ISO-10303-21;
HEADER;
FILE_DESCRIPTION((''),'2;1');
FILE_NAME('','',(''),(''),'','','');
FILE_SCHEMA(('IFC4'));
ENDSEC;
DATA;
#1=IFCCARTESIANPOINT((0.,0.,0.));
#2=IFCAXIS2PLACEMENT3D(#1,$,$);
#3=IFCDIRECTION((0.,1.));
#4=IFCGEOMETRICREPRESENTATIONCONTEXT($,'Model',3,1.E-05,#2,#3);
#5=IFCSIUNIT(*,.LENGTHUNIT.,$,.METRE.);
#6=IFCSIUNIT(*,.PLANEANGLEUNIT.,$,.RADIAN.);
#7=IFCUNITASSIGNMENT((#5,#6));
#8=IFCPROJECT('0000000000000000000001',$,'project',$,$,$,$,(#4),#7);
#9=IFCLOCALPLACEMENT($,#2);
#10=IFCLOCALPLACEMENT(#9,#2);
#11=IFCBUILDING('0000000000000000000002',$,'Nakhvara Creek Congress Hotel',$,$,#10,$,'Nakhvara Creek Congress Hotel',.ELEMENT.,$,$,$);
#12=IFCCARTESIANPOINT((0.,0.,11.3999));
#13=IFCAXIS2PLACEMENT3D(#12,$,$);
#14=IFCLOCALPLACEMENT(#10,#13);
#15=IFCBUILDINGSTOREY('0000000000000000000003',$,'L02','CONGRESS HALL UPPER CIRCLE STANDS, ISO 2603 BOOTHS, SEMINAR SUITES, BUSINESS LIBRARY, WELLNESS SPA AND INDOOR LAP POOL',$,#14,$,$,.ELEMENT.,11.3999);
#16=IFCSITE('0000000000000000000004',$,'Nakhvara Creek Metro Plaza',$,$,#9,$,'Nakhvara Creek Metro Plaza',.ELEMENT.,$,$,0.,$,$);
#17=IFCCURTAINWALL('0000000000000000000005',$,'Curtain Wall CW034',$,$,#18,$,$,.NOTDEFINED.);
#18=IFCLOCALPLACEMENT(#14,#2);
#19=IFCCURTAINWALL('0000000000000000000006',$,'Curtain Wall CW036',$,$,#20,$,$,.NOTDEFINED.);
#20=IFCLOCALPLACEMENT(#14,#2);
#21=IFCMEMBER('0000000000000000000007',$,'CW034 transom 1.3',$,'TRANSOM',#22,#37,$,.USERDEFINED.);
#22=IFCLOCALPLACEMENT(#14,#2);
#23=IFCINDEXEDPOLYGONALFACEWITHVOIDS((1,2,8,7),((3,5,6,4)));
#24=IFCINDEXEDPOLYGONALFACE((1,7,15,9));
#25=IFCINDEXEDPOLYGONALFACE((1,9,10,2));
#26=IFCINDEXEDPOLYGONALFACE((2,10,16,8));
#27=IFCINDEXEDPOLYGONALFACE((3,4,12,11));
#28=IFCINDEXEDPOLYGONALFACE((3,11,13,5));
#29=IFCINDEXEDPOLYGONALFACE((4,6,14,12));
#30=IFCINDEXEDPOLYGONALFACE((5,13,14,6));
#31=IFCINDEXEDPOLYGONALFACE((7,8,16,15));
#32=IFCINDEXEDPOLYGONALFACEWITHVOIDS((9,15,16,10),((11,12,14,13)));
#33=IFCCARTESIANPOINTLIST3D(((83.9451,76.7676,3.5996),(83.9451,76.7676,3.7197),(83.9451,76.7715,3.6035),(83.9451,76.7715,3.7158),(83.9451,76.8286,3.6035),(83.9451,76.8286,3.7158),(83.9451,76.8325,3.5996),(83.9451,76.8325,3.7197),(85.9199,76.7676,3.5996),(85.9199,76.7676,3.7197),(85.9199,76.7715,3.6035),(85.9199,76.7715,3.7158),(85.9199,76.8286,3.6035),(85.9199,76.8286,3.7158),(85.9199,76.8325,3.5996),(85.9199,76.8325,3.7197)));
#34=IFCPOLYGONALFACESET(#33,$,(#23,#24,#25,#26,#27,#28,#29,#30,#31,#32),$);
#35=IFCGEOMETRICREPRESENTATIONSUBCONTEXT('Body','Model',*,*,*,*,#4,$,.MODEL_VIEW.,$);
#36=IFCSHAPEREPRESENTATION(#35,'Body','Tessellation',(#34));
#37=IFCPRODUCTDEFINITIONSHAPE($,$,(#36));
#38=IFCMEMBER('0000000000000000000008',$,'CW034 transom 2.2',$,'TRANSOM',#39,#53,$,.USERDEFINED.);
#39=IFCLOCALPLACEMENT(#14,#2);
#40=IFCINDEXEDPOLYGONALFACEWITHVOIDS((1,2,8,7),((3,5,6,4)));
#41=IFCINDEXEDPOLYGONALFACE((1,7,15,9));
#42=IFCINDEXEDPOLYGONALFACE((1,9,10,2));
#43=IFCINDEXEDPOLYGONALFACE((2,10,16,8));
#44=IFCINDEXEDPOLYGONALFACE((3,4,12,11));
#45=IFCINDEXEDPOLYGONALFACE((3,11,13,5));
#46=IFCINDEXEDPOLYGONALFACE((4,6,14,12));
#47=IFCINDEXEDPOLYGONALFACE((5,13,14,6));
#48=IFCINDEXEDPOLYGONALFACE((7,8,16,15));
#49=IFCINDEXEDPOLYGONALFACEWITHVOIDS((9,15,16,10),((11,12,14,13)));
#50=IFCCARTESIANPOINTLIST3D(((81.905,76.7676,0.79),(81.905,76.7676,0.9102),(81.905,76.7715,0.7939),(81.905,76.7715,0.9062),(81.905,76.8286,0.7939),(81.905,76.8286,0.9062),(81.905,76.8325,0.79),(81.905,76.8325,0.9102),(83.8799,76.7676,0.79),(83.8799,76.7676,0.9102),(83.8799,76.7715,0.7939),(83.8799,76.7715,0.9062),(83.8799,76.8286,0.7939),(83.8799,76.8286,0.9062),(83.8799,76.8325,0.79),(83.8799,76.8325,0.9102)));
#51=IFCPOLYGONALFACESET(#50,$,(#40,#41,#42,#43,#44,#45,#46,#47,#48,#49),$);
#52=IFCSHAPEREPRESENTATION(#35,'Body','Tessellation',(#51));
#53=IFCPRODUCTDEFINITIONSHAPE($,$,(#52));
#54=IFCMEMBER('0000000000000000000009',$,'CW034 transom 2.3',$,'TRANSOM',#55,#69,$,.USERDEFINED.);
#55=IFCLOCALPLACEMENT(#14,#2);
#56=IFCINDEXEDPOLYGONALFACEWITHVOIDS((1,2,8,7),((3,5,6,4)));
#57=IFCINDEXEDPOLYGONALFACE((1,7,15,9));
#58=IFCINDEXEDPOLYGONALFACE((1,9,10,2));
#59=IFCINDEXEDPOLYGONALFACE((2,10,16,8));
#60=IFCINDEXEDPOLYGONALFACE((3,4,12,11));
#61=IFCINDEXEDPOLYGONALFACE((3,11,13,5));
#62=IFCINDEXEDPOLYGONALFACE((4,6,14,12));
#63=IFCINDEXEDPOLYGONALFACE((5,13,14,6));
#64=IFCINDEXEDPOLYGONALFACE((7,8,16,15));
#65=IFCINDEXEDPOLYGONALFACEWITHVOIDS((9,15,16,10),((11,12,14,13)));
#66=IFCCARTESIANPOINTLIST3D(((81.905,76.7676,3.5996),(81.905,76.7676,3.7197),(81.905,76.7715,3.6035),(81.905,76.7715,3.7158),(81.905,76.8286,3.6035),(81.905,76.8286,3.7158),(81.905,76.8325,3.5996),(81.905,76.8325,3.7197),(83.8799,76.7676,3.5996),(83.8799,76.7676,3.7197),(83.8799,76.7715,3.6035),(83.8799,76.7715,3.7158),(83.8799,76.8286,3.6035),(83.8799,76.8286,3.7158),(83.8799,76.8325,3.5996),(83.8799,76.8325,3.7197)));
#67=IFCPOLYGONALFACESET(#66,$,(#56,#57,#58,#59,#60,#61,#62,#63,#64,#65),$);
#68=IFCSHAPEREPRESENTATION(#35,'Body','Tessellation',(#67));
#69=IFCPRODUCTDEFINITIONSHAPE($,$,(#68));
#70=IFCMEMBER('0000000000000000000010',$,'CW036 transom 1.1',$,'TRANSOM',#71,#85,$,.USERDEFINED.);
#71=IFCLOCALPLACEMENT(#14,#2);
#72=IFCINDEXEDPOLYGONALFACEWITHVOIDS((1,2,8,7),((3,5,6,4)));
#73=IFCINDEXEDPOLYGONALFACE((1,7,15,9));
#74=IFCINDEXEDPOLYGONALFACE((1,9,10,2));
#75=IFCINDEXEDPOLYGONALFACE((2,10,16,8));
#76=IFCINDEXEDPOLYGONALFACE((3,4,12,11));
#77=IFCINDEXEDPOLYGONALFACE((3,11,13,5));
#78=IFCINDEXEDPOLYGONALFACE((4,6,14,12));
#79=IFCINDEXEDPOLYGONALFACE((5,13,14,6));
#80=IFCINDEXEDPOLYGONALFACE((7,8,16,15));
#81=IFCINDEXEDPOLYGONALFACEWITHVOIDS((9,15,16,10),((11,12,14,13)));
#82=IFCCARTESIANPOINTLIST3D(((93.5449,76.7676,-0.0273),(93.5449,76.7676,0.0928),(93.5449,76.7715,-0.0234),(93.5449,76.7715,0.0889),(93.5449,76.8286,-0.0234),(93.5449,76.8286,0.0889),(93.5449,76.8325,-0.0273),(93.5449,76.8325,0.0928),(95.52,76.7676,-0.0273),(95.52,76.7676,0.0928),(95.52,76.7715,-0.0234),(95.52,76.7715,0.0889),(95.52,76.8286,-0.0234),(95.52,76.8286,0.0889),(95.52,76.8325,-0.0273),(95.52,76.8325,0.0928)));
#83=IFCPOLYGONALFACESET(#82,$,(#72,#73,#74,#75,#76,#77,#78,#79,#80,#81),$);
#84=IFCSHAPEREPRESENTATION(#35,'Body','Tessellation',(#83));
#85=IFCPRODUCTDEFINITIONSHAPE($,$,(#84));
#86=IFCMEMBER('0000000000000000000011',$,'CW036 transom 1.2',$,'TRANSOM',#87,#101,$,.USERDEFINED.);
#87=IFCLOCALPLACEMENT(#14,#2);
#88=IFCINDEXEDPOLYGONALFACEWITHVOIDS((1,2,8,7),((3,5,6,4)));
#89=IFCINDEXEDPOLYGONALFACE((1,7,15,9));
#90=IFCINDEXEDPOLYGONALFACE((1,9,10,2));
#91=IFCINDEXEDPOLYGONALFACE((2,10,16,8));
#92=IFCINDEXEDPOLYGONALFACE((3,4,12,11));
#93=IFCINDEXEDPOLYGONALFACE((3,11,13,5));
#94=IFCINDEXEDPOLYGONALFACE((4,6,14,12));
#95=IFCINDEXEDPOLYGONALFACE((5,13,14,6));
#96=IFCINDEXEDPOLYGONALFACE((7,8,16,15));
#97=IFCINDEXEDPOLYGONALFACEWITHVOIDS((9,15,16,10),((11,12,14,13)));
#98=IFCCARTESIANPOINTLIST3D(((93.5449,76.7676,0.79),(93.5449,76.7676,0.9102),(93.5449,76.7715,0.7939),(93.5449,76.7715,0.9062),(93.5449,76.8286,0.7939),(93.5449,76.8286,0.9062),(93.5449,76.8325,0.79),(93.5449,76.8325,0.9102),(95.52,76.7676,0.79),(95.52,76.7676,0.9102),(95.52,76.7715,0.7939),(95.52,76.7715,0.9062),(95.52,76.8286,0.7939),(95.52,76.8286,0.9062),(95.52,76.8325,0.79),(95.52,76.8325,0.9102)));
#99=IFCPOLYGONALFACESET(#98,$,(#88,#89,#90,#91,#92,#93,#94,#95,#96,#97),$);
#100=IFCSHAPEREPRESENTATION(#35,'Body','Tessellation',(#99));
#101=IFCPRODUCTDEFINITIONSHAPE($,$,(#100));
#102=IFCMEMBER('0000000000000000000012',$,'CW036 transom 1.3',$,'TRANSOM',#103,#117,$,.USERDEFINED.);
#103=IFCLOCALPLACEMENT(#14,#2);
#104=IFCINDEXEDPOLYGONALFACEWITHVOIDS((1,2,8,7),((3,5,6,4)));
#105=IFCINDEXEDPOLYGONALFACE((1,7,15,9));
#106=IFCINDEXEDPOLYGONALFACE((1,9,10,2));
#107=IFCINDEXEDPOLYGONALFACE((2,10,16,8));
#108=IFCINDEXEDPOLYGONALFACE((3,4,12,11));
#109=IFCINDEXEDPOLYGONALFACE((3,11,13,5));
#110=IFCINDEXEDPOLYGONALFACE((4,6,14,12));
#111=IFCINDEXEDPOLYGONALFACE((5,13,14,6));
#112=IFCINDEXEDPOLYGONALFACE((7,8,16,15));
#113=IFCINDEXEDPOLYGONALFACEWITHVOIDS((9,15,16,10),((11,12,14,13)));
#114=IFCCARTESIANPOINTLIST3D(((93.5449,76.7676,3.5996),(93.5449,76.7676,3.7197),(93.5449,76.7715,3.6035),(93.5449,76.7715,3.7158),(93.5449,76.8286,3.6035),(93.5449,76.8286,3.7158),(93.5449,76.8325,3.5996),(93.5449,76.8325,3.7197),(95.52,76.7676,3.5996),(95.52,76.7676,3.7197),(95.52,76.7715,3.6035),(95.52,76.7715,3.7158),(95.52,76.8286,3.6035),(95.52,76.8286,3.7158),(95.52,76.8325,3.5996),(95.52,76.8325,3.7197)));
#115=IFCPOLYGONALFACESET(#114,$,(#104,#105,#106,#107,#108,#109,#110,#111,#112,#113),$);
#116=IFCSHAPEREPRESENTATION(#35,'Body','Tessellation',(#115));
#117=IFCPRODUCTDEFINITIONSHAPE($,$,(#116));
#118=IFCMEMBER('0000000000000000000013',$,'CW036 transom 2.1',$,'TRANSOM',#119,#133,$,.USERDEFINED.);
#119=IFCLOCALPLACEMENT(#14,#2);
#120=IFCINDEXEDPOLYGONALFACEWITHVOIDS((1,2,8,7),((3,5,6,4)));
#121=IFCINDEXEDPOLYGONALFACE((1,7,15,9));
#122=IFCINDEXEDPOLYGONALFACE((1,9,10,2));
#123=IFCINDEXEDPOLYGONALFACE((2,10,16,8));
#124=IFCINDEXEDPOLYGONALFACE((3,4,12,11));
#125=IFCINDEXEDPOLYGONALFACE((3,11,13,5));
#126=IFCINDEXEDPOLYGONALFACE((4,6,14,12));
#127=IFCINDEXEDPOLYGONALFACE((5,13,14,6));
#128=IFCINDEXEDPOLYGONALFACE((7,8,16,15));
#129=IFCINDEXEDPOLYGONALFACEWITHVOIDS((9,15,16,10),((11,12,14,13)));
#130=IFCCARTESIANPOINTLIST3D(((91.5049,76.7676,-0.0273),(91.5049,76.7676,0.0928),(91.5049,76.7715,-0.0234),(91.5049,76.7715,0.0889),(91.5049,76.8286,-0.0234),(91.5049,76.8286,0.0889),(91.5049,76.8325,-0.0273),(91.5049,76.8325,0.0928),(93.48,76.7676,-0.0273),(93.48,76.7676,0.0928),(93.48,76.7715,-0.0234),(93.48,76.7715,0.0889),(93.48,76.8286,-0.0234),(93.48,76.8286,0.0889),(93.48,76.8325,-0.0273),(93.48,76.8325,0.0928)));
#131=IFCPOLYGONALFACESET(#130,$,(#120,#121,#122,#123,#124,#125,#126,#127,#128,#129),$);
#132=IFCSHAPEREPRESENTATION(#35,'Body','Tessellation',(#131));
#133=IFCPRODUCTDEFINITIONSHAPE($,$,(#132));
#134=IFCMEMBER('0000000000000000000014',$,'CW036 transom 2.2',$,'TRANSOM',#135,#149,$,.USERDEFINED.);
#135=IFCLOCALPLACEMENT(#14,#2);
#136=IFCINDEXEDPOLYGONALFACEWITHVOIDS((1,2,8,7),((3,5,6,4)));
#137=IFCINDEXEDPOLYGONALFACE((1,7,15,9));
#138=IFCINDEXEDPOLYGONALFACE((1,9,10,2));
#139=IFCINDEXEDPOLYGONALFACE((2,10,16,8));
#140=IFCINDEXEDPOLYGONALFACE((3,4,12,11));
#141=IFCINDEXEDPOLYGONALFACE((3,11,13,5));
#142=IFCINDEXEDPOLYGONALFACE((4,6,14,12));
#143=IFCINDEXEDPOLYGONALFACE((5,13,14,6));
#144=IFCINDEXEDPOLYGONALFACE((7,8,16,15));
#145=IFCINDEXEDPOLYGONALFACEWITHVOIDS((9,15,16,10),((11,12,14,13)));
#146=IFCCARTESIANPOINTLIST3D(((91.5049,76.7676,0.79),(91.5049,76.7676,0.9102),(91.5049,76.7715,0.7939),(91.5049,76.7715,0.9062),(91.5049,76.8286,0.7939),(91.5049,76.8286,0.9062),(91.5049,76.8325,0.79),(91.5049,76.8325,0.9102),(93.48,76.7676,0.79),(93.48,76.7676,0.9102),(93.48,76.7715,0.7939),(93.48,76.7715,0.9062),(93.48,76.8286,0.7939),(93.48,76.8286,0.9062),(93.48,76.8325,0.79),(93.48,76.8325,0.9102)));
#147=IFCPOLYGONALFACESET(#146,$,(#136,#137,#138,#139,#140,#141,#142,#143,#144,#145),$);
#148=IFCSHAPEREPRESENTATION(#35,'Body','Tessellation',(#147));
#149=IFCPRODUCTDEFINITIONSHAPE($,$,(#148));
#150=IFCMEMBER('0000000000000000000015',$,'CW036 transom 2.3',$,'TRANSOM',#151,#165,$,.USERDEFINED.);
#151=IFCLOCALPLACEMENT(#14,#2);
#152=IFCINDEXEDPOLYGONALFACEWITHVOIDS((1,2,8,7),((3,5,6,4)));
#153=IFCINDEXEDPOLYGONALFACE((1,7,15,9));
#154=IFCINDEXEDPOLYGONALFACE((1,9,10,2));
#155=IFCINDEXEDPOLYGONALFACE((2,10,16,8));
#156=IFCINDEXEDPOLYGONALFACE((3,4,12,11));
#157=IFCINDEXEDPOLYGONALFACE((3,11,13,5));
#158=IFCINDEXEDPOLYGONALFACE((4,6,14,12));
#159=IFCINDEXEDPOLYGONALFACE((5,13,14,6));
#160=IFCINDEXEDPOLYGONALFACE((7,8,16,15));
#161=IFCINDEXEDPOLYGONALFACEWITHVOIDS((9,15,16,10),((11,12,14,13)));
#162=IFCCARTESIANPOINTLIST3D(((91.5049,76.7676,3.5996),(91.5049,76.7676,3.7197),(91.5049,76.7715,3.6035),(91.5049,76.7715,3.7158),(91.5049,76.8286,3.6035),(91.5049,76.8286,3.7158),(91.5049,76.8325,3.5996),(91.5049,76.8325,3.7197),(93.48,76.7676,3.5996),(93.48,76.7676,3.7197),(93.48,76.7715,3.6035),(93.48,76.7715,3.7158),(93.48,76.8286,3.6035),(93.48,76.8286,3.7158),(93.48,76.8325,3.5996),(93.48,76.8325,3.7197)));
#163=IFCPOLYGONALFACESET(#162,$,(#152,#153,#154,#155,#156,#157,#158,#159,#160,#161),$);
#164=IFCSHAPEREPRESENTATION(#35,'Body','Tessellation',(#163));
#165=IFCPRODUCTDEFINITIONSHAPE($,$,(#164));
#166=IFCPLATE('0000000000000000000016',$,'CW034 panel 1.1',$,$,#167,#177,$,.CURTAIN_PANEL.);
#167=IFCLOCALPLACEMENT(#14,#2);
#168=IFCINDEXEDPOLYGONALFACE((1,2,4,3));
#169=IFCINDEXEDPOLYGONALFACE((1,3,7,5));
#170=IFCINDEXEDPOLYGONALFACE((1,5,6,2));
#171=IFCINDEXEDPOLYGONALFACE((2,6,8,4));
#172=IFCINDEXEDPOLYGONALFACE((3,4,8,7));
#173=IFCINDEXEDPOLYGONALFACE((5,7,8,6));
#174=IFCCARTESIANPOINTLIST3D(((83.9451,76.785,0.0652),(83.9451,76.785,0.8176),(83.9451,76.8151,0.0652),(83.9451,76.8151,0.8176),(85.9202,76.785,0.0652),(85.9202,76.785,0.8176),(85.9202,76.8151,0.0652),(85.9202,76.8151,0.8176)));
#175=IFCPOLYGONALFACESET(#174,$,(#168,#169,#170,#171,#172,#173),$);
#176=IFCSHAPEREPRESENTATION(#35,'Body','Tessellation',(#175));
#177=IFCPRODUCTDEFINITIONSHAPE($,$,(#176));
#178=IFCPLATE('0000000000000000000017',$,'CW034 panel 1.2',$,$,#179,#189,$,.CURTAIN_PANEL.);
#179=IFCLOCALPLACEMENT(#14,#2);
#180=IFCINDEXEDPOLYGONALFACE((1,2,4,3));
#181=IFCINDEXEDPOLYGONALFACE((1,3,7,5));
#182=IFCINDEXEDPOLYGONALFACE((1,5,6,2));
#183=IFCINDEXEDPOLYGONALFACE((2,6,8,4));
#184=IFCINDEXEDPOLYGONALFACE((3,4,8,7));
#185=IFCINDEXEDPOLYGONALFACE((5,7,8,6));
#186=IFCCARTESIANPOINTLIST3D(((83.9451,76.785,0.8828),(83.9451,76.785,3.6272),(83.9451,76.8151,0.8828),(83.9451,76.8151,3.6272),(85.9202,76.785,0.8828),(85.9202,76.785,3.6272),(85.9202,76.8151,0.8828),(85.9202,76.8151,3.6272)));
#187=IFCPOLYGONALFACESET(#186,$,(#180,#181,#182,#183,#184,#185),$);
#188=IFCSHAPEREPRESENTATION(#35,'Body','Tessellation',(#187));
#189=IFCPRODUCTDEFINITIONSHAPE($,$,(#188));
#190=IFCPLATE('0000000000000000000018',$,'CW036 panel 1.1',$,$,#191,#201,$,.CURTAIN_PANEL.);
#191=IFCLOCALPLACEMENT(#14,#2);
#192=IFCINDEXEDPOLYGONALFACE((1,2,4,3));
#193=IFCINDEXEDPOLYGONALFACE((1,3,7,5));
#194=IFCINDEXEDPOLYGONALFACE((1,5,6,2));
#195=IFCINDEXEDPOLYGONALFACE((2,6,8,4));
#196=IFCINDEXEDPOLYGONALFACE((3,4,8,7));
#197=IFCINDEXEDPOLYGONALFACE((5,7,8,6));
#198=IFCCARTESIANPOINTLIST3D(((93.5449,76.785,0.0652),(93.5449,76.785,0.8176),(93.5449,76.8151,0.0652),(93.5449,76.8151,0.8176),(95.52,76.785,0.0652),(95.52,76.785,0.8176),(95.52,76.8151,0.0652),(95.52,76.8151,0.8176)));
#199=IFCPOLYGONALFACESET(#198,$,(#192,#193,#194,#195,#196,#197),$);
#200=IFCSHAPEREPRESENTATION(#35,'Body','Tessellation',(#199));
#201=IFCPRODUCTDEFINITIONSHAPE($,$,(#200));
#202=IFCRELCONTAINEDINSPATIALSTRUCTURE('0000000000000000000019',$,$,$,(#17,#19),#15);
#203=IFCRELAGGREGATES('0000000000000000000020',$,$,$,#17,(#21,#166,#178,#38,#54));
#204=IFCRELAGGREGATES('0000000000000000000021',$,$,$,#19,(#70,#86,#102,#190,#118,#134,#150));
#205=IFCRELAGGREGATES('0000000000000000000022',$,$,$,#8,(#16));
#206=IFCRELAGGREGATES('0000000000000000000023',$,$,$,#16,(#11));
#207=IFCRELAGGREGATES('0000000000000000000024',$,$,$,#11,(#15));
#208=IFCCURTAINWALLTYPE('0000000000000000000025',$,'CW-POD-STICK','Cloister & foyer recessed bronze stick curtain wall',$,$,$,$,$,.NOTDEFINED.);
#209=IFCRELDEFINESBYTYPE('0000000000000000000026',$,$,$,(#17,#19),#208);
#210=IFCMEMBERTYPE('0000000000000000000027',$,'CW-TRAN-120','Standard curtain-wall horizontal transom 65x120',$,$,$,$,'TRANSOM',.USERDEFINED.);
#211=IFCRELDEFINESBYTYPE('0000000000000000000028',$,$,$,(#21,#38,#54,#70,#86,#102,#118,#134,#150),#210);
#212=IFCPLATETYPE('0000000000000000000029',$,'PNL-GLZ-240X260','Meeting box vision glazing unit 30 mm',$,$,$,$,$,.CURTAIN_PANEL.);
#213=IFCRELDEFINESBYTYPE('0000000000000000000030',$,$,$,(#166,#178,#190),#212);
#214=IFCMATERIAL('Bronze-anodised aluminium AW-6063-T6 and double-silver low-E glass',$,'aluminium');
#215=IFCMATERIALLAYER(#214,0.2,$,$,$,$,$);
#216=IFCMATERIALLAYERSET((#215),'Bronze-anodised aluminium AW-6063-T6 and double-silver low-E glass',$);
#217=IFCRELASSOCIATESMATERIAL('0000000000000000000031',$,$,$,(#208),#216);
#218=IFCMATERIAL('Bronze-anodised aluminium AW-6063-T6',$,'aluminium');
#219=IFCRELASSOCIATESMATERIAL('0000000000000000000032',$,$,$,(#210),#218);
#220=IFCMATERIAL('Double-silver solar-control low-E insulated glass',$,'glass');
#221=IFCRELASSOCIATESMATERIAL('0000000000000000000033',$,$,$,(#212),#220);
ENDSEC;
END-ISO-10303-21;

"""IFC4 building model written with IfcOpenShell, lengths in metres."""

from ifc_helpers import new_model, si_unit, direction, frame, origin, origin_2d, place, context, subcontext, project, spatial, rectangle, hollow_rectangle, extrude, material, layer, layer_set, material_profile, profile_set, type_object, element, aggregate, save


model = new_model("IFC4")

# Units and contexts
model_context = context("Model", 3, precision=1e-05, world=origin(), true_north=direction((0.0, 1.0)))
body_context = subcontext(model_context, "Body", "Model", "MODEL_VIEW")
ifc_project = project(units=[si_unit("LENGTHUNIT", "METRE"), si_unit("PLANEANGLEUNIT", "RADIAN")], contexts=[model_context])

# Site, building, storey
site_placement = place(None, origin())
site = spatial("IfcSite", under=ifc_project, at=site_placement, Name="Nakhvara Creek Metro Plaza", LongName="Nakhvara Creek Metro Plaza", CompositionType="ELEMENT", RefElevation=0.0)
building_placement = place(site_placement, origin())
building = spatial("IfcBuilding", under=site, at=building_placement, Name="Nakhvara Creek Congress Hotel", LongName="Nakhvara Creek Congress Hotel", CompositionType="ELEMENT")
storey_placement = place(building_placement, frame((0.0, 0.0, 11.3999)))
storey = spatial("IfcBuildingStorey", under=building, at=storey_placement, Name="L02", Description="CONGRESS HALL UPPER CIRCLE STANDS, ISO 2603 BOOTHS, SEMINAR SUITES, BUSINESS LIBRARY, WELLNESS SPA AND INDOOR LAP POOL", CompositionType="ELEMENT", Elevation=11.3999)

# Curtain walls
ifc_material_1 = material(Name="Bronze-anodised aluminium AW-6063-T6 and double-silver low-E glass", Category="aluminium")
ifc_layer = layer(ifc_material_1, 0.2)
ifc_layer_set = layer_set([ifc_layer], Name="Bronze-anodised aluminium AW-6063-T6 and double-silver low-E glass")
curtain_wall_type = type_object("IfcCurtainWallType", Name="CW-POD-STICK", Description="Cloister & foyer recessed bronze stick curtain wall", PredefinedType="NOTDEFINED", material=ifc_layer_set)
curtain_wall_1_placement = place(storey_placement, origin())
curtain_wall_1 = element("IfcCurtainWall", 1, at=curtain_wall_1_placement, inside=storey, type_object=curtain_wall_type, Name="Curtain Wall CW034", PredefinedType="NOTDEFINED")
ifc_material_2 = material(Name="Bronze-anodised aluminium AW-6063-T6", Category="aluminium")
curtain_wall_2_placement = place(storey_placement, origin())
curtain_wall_2 = element("IfcCurtainWall", 2, at=curtain_wall_2_placement, inside=storey, type_object=curtain_wall_type, Name="Curtain Wall CW036", PredefinedType="NOTDEFINED")

# Members
ifc_material_profile_1 = material_profile(ifc_material_2, hollow_rectangle(XDim=0.0649, YDim=0.1201, WallThickness=0.0039, at=origin_2d()), Name="ALU-TRAN 65x120x4", Category="LoadBearing")
ifc_profile_set_1 = profile_set([ifc_material_profile_1], Name="Bronze-anodised aluminium AW-6063-T6")
member_type_1 = type_object("IfcMemberType", Name="CW-TRAN-120", Description="Standard curtain-wall horizontal transom 65x120", ElementType="TRANSOM", PredefinedType="USERDEFINED", material=ifc_profile_set_1)
member_1_placement = place(storey_placement, frame((85.9199, 76.8, 3.6597), z_axis=(-1.0, 0.0, 0.0), x_axis=(0.0, -1.0, 0.0)))
member_1 = element("IfcMember", 3, at=member_1_placement, type_object=member_type_1, Name="CW034 transom 1.3", ObjectType="TRANSOM", PredefinedType="USERDEFINED", context=body_context, shape_type="SweptSolid", body=[
    extrude(hollow_rectangle(XDim=0.0649, YDim=0.1201, WallThickness=0.0039, at=origin_2d()), origin(), (0.0, 0.0, 1.0), 1.9749),
])
member_2_placement = place(storey_placement, frame((83.8799, 76.8, 0.8501), z_axis=(-1.0, 0.0, 0.0), x_axis=(0.0, -1.0, 0.0)))
member_2 = element("IfcMember", 4, at=member_2_placement, type_object=member_type_1, Name="CW034 transom 2.2", ObjectType="TRANSOM", PredefinedType="USERDEFINED", context=body_context, shape_type="SweptSolid", body=[
    extrude(hollow_rectangle(XDim=0.0649, YDim=0.1201, WallThickness=0.0039, at=origin_2d()), origin(), (0.0, 0.0, 1.0), 1.9749),
])
member_3_placement = place(storey_placement, frame((83.8799, 76.8, 3.6597), z_axis=(-1.0, 0.0, 0.0), x_axis=(0.0, -1.0, 0.0)))
member_3 = element("IfcMember", 5, at=member_3_placement, type_object=member_type_1, Name="CW034 transom 2.3", ObjectType="TRANSOM", PredefinedType="USERDEFINED", context=body_context, shape_type="SweptSolid", body=[
    extrude(hollow_rectangle(XDim=0.0649, YDim=0.1201, WallThickness=0.0039, at=origin_2d()), origin(), (0.0, 0.0, 1.0), 1.9749),
])
member_4_placement = place(storey_placement, frame((95.52, 76.8, 0.0327), z_axis=(-1.0, 0.0, 0.0), x_axis=(0.0, -1.0, 0.0)))
member_4 = element("IfcMember", 6, at=member_4_placement, type_object=member_type_1, Name="CW036 transom 1.1", ObjectType="TRANSOM", PredefinedType="USERDEFINED", context=body_context, shape_type="SweptSolid", body=[
    extrude(hollow_rectangle(XDim=0.0649, YDim=0.1201, WallThickness=0.0039, at=origin_2d()), origin(), (0.0, 0.0, 1.0), 1.9751),
])
member_5_placement = place(storey_placement, frame((95.52, 76.8, 0.8501), z_axis=(-1.0, 0.0, 0.0), x_axis=(0.0, -1.0, 0.0)))
member_5 = element("IfcMember", 7, at=member_5_placement, type_object=member_type_1, Name="CW036 transom 1.2", ObjectType="TRANSOM", PredefinedType="USERDEFINED", context=body_context, shape_type="SweptSolid", body=[
    extrude(hollow_rectangle(XDim=0.0649, YDim=0.1201, WallThickness=0.0039, at=origin_2d()), origin(), (0.0, 0.0, 1.0), 1.9751),
])
member_6_placement = place(storey_placement, frame((95.52, 76.8, 3.6597), z_axis=(-1.0, 0.0, 0.0), x_axis=(0.0, -1.0, 0.0)))
member_6 = element("IfcMember", 8, at=member_6_placement, type_object=member_type_1, Name="CW036 transom 1.3", ObjectType="TRANSOM", PredefinedType="USERDEFINED", context=body_context, shape_type="SweptSolid", body=[
    extrude(hollow_rectangle(XDim=0.0649, YDim=0.1201, WallThickness=0.0039, at=origin_2d()), origin(), (0.0, 0.0, 1.0), 1.9751),
])
member_7_placement = place(storey_placement, frame((93.48, 76.8, 0.0327), z_axis=(-1.0, 0.0, 0.0), x_axis=(0.0, -1.0, 0.0)))
member_7 = element("IfcMember", 9, at=member_7_placement, type_object=member_type_1, Name="CW036 transom 2.1", ObjectType="TRANSOM", PredefinedType="USERDEFINED", context=body_context, shape_type="SweptSolid", body=[
    extrude(hollow_rectangle(XDim=0.0649, YDim=0.1201, WallThickness=0.0039, at=origin_2d()), origin(), (0.0, 0.0, 1.0), 1.9751),
])
member_8_placement = place(storey_placement, frame((93.48, 76.8, 0.8501), z_axis=(-1.0, 0.0, 0.0), x_axis=(0.0, -1.0, 0.0)))
member_8 = element("IfcMember", 10, at=member_8_placement, type_object=member_type_1, Name="CW036 transom 2.2", ObjectType="TRANSOM", PredefinedType="USERDEFINED", context=body_context, shape_type="SweptSolid", body=[
    extrude(hollow_rectangle(XDim=0.0649, YDim=0.1201, WallThickness=0.0039, at=origin_2d()), origin(), (0.0, 0.0, 1.0), 1.9751),
])
member_9_placement = place(storey_placement, frame((93.48, 76.8, 3.6597), z_axis=(-1.0, 0.0, 0.0), x_axis=(0.0, -1.0, 0.0)))
member_9 = element("IfcMember", 11, at=member_9_placement, type_object=member_type_1, Name="CW036 transom 2.3", ObjectType="TRANSOM", PredefinedType="USERDEFINED", context=body_context, shape_type="SweptSolid", body=[
    extrude(hollow_rectangle(XDim=0.0649, YDim=0.1201, WallThickness=0.0039, at=origin_2d()), origin(), (0.0, 0.0, 1.0), 1.9751),
])

# Plates
ifc_material_3 = material(Name="Double-silver solar-control low-E insulated glass", Category="glass")
plate_type = type_object("IfcPlateType", Name="PNL-GLZ-240X260", Description="Meeting box vision glazing unit 30 mm", PredefinedType="CURTAIN_PANEL", material=ifc_material_3)
plate_1_placement = place(storey_placement, frame((84.9326, 76.8, 0.0652), z_axis=(0.0, 0.0, 1.0), x_axis=(-1.0, 0.0, 0.0)))
plate_1 = element("IfcPlate", 12, at=plate_1_placement, type_object=plate_type, Name="CW034 panel 1.1", PredefinedType="CURTAIN_PANEL", context=body_context, shape_type="SweptSolid", body=[
    extrude(rectangle(XDim=1.9751, YDim=0.03, at=origin_2d()), origin(), (0.0, 0.0, 1.0), 0.7524),
])
plate_2_placement = place(storey_placement, frame((84.9326, 76.8, 0.8828), z_axis=(0.0, 0.0, 1.0), x_axis=(-1.0, 0.0, 0.0)))
plate_2 = element("IfcPlate", 13, at=plate_2_placement, type_object=plate_type, Name="CW034 panel 1.2", PredefinedType="CURTAIN_PANEL", context=body_context, shape_type="SweptSolid", body=[
    extrude(rectangle(XDim=1.9751, YDim=0.03, at=origin_2d()), origin(), (0.0, 0.0, 1.0), 2.7444),
])
aggregate(curtain_wall_1, [member_1, plate_1, plate_2, member_2, member_3])
plate_3_placement = place(storey_placement, frame((94.5325, 76.8, 0.0652), z_axis=(0.0, 0.0, 1.0), x_axis=(-1.0, 0.0, 0.0)))
plate_3 = element("IfcPlate", 14, at=plate_3_placement, type_object=plate_type, Name="CW036 panel 1.1", PredefinedType="CURTAIN_PANEL", context=body_context, shape_type="SweptSolid", body=[
    extrude(rectangle(XDim=1.9751, YDim=0.03, at=origin_2d()), origin(), (0.0, 0.0, 1.0), 0.7524),
])
aggregate(curtain_wall_2, [member_4, member_5, member_6, plate_3, member_7, member_8, member_9])

save(model, "model.ifc")
